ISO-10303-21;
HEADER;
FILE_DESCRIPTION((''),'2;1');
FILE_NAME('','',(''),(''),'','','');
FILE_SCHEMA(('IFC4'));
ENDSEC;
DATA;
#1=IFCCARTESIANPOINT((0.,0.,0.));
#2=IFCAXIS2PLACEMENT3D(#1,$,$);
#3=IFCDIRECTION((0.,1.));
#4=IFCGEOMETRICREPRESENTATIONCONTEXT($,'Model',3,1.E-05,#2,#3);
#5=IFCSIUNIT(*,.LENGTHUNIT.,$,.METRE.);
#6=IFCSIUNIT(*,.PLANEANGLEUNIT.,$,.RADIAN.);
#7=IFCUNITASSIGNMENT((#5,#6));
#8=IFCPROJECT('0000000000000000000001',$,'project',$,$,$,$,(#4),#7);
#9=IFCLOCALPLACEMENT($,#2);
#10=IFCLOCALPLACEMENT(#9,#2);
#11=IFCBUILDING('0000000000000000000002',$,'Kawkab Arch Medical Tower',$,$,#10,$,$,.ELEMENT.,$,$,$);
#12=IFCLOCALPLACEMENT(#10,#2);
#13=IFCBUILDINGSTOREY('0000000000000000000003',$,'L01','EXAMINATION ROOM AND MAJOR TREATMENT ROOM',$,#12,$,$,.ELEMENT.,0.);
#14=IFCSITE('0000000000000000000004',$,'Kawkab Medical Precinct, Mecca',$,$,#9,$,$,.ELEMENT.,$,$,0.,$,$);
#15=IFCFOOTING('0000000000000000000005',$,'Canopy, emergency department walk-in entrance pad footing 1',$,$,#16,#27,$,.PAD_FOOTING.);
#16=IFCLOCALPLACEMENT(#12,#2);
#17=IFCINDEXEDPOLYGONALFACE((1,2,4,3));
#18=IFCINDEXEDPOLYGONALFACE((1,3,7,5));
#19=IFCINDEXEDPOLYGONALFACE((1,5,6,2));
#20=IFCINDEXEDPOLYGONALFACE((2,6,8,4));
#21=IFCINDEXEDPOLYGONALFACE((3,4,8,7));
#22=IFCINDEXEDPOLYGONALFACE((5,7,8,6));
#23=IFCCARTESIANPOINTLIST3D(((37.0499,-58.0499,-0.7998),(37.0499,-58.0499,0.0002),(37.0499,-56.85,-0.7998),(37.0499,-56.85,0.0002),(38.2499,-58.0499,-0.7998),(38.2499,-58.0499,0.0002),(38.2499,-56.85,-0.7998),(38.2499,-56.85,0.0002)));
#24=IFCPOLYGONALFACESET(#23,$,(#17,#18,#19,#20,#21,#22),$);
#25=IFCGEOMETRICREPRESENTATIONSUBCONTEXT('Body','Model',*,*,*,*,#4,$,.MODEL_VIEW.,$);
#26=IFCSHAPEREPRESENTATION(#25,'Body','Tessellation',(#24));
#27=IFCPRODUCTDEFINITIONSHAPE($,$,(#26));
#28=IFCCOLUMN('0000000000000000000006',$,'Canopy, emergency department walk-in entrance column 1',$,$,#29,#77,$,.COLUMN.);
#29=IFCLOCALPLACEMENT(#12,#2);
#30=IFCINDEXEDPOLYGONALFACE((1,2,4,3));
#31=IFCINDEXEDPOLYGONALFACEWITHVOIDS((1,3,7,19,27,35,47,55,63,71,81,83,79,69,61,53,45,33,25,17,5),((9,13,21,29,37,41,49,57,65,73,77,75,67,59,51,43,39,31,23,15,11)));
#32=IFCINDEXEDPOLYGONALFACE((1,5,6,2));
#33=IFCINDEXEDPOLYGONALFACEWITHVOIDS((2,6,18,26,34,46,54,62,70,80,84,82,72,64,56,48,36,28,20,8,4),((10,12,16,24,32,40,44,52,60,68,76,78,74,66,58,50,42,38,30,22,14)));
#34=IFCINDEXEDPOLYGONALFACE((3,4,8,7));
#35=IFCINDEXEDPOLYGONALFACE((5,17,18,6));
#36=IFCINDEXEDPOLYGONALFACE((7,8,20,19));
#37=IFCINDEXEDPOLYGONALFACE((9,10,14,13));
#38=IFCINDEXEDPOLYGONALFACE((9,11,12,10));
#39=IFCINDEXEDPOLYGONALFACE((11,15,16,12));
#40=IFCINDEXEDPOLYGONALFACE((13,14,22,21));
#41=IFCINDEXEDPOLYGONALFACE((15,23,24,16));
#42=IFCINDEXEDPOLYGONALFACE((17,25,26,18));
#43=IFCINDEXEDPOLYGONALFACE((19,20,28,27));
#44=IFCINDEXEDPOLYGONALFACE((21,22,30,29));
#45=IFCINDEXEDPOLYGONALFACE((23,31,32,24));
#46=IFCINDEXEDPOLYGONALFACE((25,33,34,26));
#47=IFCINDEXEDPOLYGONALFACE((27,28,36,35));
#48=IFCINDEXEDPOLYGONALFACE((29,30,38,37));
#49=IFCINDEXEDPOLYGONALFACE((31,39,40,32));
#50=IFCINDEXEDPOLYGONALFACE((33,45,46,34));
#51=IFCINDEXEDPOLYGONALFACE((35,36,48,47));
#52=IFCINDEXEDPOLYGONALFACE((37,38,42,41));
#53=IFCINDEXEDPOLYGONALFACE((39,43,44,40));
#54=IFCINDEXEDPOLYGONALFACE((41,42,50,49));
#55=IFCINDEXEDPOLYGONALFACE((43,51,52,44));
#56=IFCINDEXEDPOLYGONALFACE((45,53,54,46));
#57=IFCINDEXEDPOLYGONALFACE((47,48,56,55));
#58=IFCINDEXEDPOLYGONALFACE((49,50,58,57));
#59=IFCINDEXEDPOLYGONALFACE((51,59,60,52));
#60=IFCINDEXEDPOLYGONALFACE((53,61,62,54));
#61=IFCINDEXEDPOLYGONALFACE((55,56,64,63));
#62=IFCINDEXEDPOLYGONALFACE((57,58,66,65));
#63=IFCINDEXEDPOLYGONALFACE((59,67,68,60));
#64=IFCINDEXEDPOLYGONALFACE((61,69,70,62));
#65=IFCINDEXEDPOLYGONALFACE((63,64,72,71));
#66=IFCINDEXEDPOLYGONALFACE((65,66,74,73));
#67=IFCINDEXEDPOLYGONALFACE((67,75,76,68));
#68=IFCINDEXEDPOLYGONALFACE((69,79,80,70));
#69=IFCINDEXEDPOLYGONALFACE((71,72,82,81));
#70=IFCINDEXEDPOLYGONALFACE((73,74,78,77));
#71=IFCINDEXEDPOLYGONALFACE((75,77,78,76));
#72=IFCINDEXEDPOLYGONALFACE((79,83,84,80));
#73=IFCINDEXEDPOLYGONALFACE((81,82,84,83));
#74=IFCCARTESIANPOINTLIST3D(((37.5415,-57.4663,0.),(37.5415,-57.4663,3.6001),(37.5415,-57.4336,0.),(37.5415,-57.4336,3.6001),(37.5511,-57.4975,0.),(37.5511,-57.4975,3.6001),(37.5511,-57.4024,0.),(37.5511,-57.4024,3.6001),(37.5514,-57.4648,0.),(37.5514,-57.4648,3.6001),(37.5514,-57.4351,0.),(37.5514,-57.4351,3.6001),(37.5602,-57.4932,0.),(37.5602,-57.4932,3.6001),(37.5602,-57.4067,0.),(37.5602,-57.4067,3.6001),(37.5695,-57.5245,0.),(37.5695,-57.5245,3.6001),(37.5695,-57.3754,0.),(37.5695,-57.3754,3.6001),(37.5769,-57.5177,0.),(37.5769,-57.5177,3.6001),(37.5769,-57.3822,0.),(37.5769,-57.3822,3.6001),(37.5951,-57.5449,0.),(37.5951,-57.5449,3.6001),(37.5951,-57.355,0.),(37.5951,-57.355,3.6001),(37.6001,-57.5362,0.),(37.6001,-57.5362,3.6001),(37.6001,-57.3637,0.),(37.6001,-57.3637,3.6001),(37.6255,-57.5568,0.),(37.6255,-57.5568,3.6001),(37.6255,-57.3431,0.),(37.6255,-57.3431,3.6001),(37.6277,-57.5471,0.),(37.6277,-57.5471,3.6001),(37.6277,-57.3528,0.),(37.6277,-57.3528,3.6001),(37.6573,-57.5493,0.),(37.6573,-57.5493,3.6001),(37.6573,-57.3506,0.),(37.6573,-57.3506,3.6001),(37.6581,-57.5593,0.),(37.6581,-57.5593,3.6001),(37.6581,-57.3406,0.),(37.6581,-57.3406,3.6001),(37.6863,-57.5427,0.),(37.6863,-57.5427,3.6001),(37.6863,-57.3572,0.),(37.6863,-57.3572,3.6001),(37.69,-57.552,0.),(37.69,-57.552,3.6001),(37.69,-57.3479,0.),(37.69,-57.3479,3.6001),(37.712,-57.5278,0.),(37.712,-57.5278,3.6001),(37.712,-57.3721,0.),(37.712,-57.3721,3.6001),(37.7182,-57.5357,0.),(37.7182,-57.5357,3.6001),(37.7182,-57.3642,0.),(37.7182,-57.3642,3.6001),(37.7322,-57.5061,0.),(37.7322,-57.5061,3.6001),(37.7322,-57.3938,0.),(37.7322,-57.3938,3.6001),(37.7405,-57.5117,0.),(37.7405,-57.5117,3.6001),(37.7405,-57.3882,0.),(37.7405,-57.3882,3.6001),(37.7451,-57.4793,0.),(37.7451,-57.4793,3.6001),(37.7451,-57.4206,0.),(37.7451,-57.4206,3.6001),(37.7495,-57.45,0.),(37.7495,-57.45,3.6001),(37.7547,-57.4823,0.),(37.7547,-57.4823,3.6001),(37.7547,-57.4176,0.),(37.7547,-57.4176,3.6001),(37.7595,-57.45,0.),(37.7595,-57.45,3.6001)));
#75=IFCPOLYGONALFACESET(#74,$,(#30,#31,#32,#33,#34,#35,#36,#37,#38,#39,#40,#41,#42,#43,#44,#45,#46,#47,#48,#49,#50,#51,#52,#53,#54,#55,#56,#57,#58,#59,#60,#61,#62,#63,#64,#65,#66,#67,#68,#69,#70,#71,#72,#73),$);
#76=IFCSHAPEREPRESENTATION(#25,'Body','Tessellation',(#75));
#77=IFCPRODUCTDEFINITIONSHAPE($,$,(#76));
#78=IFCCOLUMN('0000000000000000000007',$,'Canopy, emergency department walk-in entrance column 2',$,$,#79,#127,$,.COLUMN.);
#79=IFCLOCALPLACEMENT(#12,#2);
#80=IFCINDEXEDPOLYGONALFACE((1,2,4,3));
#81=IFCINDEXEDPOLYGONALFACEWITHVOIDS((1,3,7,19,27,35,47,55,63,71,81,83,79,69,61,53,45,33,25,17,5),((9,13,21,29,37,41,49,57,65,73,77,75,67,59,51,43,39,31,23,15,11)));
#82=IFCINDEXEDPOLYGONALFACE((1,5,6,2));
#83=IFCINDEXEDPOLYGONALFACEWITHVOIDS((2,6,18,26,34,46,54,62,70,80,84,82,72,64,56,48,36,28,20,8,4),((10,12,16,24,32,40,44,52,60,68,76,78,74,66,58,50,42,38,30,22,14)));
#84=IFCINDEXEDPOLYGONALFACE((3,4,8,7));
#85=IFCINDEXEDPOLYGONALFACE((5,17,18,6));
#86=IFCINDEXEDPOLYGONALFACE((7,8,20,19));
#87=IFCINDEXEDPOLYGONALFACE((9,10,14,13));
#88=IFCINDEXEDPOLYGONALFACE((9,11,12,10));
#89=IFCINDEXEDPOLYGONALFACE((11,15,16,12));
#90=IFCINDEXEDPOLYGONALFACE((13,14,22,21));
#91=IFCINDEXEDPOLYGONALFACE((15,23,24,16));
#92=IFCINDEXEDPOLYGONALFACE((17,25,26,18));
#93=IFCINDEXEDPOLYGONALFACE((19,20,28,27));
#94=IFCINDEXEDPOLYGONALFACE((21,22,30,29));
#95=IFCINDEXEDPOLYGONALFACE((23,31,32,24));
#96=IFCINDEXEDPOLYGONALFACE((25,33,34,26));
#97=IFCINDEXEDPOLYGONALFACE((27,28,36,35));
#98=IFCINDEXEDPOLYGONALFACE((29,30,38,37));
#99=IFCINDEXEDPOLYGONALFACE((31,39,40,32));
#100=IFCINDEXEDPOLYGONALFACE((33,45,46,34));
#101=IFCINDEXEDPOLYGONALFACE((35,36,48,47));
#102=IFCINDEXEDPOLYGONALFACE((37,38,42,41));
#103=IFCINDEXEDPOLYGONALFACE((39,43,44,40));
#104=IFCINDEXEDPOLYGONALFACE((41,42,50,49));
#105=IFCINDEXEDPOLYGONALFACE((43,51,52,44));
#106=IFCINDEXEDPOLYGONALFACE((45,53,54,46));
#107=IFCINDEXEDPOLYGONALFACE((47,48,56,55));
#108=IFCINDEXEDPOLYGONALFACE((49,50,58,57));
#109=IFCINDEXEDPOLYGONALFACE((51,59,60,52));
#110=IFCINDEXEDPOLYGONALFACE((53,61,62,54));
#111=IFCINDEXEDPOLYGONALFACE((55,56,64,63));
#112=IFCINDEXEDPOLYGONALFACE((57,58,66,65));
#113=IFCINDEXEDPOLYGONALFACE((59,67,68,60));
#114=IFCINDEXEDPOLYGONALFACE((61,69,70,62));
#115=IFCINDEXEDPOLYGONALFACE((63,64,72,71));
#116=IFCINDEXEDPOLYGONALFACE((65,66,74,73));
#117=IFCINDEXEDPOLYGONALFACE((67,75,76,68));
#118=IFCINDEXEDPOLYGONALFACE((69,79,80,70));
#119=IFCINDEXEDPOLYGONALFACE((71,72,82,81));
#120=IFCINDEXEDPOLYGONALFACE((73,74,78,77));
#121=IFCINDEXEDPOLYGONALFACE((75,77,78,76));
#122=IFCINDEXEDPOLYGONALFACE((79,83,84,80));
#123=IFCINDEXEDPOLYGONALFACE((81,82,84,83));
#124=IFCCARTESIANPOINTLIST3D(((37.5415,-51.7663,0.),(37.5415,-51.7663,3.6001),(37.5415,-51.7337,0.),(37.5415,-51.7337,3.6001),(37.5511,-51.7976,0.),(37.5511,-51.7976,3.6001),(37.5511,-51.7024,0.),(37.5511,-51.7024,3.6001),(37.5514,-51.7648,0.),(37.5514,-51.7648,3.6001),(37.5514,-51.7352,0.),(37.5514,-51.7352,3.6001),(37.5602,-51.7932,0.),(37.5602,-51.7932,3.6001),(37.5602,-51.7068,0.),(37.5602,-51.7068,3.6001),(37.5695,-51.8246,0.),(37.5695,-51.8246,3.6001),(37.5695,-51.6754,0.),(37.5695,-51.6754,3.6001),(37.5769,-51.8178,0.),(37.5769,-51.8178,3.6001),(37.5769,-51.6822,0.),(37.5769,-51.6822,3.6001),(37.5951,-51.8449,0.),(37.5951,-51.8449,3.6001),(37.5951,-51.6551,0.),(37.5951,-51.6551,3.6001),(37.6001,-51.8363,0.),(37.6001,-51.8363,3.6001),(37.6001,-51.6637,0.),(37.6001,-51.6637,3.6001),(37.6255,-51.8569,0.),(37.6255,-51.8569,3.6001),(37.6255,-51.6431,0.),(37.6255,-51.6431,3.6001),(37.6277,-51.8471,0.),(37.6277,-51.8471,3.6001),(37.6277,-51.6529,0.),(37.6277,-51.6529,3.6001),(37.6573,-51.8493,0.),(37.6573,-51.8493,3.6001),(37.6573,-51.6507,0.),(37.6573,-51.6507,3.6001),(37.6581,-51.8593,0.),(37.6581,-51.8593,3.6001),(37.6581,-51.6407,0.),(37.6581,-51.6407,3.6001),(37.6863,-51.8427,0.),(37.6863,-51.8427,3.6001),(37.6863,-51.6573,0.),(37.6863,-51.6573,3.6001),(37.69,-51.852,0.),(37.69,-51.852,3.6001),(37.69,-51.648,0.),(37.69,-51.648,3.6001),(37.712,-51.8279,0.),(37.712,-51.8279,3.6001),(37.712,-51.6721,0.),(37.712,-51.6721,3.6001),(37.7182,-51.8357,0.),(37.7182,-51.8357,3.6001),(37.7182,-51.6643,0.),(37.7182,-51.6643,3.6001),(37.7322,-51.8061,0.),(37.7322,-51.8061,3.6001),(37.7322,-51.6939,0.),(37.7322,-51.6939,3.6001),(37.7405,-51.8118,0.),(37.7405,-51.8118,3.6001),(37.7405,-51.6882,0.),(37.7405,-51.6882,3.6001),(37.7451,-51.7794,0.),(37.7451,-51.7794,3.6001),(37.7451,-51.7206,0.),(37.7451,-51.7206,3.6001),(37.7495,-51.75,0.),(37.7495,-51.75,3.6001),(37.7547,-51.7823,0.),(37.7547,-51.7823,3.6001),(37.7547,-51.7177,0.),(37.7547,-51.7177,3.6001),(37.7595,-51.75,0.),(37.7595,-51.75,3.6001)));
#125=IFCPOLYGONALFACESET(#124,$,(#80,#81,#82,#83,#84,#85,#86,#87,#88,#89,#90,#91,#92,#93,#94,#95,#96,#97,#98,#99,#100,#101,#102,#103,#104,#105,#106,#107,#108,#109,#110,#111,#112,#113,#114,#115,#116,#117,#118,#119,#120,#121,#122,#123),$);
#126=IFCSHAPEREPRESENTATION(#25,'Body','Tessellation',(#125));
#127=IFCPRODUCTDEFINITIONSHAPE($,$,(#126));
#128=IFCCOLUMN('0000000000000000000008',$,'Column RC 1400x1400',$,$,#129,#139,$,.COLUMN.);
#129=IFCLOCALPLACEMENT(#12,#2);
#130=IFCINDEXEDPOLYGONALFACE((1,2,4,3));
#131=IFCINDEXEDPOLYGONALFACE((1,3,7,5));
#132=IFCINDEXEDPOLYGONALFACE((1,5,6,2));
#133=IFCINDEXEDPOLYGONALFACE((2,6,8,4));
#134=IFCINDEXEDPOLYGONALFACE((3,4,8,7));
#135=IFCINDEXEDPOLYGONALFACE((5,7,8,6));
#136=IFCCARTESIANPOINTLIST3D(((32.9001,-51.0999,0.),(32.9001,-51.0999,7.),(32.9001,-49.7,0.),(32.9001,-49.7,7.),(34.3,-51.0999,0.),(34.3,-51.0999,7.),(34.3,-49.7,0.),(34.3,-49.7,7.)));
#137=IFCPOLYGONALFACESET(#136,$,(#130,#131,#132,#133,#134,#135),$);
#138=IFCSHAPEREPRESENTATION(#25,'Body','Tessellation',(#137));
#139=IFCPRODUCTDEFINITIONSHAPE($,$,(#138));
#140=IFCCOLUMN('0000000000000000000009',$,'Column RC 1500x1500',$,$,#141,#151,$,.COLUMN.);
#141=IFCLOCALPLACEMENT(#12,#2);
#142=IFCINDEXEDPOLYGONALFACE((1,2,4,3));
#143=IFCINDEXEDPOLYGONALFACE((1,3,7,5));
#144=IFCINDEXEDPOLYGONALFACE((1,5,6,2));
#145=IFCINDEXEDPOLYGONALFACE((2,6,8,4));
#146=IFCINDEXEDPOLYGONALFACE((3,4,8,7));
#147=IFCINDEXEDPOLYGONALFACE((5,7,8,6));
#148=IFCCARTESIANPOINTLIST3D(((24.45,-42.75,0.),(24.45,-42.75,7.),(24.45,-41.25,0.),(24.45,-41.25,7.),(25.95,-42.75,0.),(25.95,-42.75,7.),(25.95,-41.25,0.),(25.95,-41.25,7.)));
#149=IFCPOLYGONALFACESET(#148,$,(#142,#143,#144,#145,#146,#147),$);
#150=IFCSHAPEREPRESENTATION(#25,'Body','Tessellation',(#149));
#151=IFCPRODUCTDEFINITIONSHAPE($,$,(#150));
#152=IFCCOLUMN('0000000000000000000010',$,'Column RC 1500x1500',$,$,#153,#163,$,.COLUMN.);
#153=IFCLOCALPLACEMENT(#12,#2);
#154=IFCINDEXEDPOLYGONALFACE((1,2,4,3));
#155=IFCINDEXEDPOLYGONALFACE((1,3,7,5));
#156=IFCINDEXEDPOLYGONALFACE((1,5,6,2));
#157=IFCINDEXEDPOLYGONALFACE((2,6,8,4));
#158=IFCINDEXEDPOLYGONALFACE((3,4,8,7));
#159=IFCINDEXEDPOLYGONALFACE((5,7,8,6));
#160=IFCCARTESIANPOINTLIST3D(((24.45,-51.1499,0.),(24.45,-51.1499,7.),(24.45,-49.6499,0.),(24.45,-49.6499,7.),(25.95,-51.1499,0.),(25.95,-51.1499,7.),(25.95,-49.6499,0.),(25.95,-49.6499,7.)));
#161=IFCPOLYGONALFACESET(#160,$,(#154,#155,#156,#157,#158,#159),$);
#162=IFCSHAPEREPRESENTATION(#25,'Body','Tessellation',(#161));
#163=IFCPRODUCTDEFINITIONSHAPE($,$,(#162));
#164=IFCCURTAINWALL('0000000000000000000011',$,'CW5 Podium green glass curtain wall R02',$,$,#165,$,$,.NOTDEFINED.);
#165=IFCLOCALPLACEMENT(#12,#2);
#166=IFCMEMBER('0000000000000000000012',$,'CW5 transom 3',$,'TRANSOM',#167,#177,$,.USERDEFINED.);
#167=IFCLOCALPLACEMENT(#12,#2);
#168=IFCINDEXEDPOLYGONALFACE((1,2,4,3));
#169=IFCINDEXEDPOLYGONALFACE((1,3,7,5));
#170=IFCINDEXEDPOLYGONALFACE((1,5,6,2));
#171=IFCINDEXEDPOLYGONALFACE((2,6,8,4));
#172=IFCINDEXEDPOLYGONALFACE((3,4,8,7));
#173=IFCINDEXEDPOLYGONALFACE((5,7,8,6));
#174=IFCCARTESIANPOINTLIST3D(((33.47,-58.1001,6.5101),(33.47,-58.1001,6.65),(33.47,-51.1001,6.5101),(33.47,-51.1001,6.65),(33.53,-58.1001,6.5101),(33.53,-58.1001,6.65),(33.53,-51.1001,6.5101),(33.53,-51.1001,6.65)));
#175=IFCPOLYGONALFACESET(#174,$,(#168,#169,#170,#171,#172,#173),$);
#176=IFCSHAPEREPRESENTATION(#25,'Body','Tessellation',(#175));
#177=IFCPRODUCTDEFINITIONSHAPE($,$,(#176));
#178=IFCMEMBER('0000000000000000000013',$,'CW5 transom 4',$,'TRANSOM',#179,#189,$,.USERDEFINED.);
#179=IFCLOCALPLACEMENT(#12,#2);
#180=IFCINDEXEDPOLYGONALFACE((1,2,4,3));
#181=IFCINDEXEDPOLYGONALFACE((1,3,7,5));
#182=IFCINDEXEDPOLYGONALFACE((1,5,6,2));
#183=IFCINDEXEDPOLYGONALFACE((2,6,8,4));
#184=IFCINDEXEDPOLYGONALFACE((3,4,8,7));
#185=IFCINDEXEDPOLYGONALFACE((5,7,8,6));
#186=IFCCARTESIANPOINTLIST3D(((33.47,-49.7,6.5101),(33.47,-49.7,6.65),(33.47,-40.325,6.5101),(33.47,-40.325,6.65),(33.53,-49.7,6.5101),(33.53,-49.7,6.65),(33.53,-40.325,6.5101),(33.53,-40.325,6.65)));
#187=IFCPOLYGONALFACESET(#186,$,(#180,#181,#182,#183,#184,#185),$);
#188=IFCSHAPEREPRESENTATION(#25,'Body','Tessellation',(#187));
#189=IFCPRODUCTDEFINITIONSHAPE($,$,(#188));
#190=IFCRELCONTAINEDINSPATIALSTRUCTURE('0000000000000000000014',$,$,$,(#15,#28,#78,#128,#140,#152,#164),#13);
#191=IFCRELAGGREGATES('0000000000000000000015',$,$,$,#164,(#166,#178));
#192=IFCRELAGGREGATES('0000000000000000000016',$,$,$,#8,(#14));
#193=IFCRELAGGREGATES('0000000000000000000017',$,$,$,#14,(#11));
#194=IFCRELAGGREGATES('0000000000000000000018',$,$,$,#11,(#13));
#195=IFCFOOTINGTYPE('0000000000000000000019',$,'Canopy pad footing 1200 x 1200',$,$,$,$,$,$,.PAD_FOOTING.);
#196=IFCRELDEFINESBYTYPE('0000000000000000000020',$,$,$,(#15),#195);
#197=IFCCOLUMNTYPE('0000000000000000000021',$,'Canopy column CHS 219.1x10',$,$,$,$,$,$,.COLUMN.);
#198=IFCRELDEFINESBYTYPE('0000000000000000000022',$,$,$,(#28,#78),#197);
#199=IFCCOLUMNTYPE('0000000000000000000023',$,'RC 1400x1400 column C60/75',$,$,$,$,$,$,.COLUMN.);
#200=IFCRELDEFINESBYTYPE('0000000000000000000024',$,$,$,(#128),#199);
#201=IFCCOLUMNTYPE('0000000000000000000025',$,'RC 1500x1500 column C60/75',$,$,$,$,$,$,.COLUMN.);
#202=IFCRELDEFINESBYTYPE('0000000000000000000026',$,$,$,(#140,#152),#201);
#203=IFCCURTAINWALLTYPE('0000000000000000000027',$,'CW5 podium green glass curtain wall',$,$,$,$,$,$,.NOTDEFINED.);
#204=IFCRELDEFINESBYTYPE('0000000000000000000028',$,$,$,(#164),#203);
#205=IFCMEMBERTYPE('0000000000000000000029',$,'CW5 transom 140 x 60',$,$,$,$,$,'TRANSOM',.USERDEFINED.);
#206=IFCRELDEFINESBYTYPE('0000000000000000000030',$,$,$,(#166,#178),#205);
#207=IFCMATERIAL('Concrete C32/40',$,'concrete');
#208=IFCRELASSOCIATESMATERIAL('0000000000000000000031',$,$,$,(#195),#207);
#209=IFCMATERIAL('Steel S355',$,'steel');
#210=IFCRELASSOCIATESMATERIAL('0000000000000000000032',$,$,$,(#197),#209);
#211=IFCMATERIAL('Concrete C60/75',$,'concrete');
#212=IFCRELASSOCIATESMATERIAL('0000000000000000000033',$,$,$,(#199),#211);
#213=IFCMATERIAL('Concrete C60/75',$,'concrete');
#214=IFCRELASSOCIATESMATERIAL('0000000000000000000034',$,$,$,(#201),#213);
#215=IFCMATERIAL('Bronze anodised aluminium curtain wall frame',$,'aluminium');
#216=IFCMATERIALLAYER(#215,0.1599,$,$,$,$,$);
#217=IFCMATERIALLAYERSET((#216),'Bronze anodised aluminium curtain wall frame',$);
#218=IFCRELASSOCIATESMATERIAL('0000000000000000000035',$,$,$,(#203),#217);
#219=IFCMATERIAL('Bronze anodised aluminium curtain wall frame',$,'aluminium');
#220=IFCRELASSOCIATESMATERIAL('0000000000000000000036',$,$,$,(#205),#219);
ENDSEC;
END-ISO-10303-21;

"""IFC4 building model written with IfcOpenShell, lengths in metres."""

from ifc_helpers import new_model, si_unit, direction, frame, origin, origin_2d, place, context, subcontext, project, spatial, rectangle, hollow_circle, extrude, material, layer, layer_set, material_profile, profile_set, type_object, element, aggregate, save


model = new_model("IFC4")

# Units and contexts
model_context = context("Model", 3, precision=1e-05, world=origin(), true_north=direction((0.0, 1.0)))
body_context = subcontext(model_context, "Body", "Model", "MODEL_VIEW")
ifc_project = project(units=[si_unit("LENGTHUNIT", "METRE"), si_unit("PLANEANGLEUNIT", "RADIAN")], contexts=[model_context])

# Site, building, storey
site_placement = place(None, origin())
site = spatial("IfcSite", under=ifc_project, at=site_placement, Name="Kawkab Medical Precinct, Mecca", CompositionType="ELEMENT", RefElevation=0.0)
building_placement = place(site_placement, origin())
building = spatial("IfcBuilding", under=site, at=building_placement, Name="Kawkab Arch Medical Tower", CompositionType="ELEMENT")
storey_placement = place(building_placement, origin())
storey = spatial("IfcBuildingStorey", under=building, at=storey_placement, Name="L01", Description="EXAMINATION ROOM AND MAJOR TREATMENT ROOM", CompositionType="ELEMENT", Elevation=0.0)

# Footing
ifc_material_1 = material(Name="Concrete C32/40", Category="concrete")
footing_type = type_object("IfcFootingType", Name="Canopy pad footing 1200 x 1200", PredefinedType="PAD_FOOTING", material=ifc_material_1)
footing_placement = place(storey_placement, frame((37.6499, -57.45, -0.7998), z_axis=(0.0, 0.0, 1.0), x_axis=(1.0, 0.0, 0.0)))
element("IfcFooting", 1, at=footing_placement, inside=storey, type_object=footing_type, Name="Canopy, emergency department walk-in entrance pad footing 1", PredefinedType="PAD_FOOTING", context=body_context, shape_type="SweptSolid", body=[
    extrude(rectangle(XDim=1.2, YDim=1.2, at=origin_2d()), origin(), (0.0, 0.0, 1.0), 0.8),
])

# Columns
ifc_material_2 = material(Name="Steel S355", Category="steel")
ifc_material_profile_1 = material_profile(ifc_material_2, hollow_circle(Radius=0.1096, WallThickness=0.01, at=origin_2d()), Name="CHS 219.1x10")
ifc_profile_set_1 = profile_set([ifc_material_profile_1], Name="Steel S355")
column_type_1 = type_object("IfcColumnType", Name="Canopy column CHS 219.1x10", PredefinedType="COLUMN", material=ifc_profile_set_1)
for number, where, z_axis, x_axis, name in (
    (2, (37.6499, -57.45, 0.0), (0.0, 0.0, 1.0), (1.0, 0.0, 0.0), "Canopy, emergency department walk-in entrance column 1"),
    (3, (37.6499, -51.75, 0.0), (0.0, 0.0, 1.0), (1.0, 0.0, 0.0), "Canopy, emergency department walk-in entrance column 2"),
):
    element("IfcColumn", number, at=place(storey_placement, frame(where, z_axis=z_axis, x_axis=x_axis)), inside=storey, type_object=column_type_1, Name=name, PredefinedType="COLUMN", context=body_context, shape_type="SweptSolid", body=[
        extrude(hollow_circle(Radius=0.1096, WallThickness=0.01, at=origin_2d()), origin(), (0.0, 0.0, 1.0), 3.6001),
    ])
ifc_material_3 = material(Name="Concrete C60/75", Category="concrete")
ifc_material_profile_2 = material_profile(ifc_material_3, rectangle(XDim=1.3999, YDim=1.3999, at=origin_2d()), Name="RC 1400x1400")
ifc_profile_set_2 = profile_set([ifc_material_profile_2], Name="Concrete C60/75")
column_type_2 = type_object("IfcColumnType", Name="RC 1400x1400 column C60/75", PredefinedType="COLUMN", material=ifc_profile_set_2)
column_placement = place(storey_placement, frame((33.6001, -50.3999, 0.0), z_axis=(0.0, 0.0, 1.0), x_axis=(1.0, 0.0, 0.0)))
element("IfcColumn", 4, at=column_placement, inside=storey, type_object=column_type_2, Name="Column RC 1400x1400", PredefinedType="COLUMN", context=body_context, shape_type="SweptSolid", body=[
    extrude(rectangle(XDim=1.3999, YDim=1.3999, at=origin_2d()), origin(), (0.0, 0.0, 1.0), 7.0),
])
ifc_material_4 = material(Name="Concrete C60/75", Category="concrete")
ifc_material_profile_3 = material_profile(ifc_material_4, rectangle(XDim=1.5, YDim=1.5, at=origin_2d()), Name="RC 1500x1500")
ifc_profile_set_3 = profile_set([ifc_material_profile_3], Name="Concrete C60/75")
column_type_3 = type_object("IfcColumnType", Name="RC 1500x1500 column C60/75", PredefinedType="COLUMN", material=ifc_profile_set_3)
for number, where, z_axis, x_axis, name in (
    (5, (25.2, -42.0, 0.0), (0.0, 0.0, 1.0), (1.0, 0.0, 0.0), "Column RC 1500x1500"),
    (6, (25.2, -50.3999, 0.0), (0.0, 0.0, 1.0), (1.0, 0.0, 0.0), "Column RC 1500x1500"),
):
    element("IfcColumn", number, at=place(storey_placement, frame(where, z_axis=z_axis, x_axis=x_axis)), inside=storey, type_object=column_type_3, Name=name, PredefinedType="COLUMN", context=body_context, shape_type="SweptSolid", body=[
        extrude(rectangle(XDim=1.5, YDim=1.5, at=origin_2d()), origin(), (0.0, 0.0, 1.0), 7.0),
    ])

# Curtain wall, members
ifc_material_5 = material(Name="Bronze anodised aluminium curtain wall frame", Category="aluminium")
ifc_layer_1 = layer(ifc_material_5, 0.1599)
ifc_layer_set_1 = layer_set([ifc_layer_1], Name="Bronze anodised aluminium curtain wall frame")
curtain_wall_type = type_object("IfcCurtainWallType", Name="CW5 podium green glass curtain wall", PredefinedType="NOTDEFINED", material=ifc_layer_set_1)
curtain_wall_placement = place(storey_placement, origin())
curtain_wall = element("IfcCurtainWall", 7, at=curtain_wall_placement, inside=storey, type_object=curtain_wall_type, Name="CW5 Podium green glass curtain wall R02", PredefinedType="NOTDEFINED")
ifc_material_6 = material(Name="Bronze anodised aluminium curtain wall frame", Category="aluminium")
ifc_material_profile_4 = material_profile(ifc_material_6, rectangle(XDim=0.0601, YDim=0.1399, at=origin_2d()), Name="AL 60x140")
ifc_profile_set_4 = profile_set([ifc_material_profile_4], Name="Bronze anodised aluminium curtain wall frame")
member_type = type_object("IfcMemberType", Name="CW5 transom 140 x 60", ElementType="TRANSOM", PredefinedType="USERDEFINED", material=ifc_profile_set_4)
member_1_placement = place(storey_placement, frame((33.5, -58.1001, 6.5801), z_axis=(0.0, 1.0, 0.0), x_axis=(-1.0, 0.0, 0.0)))
member_1 = element("IfcMember", 8, at=member_1_placement, type_object=member_type, Name="CW5 transom 3", ObjectType="TRANSOM", PredefinedType="USERDEFINED", context=body_context, shape_type="SweptSolid", body=[
    extrude(rectangle(XDim=0.0601, YDim=0.1399, at=origin_2d()), origin(), (0.0, 0.0, 1.0), 7.0),
])
member_2_placement = place(storey_placement, frame((33.5, -49.7, 6.5801), z_axis=(0.0, 1.0, 0.0), x_axis=(-1.0, 0.0, 0.0)))
member_2 = element("IfcMember", 9, at=member_2_placement, type_object=member_type, Name="CW5 transom 4", ObjectType="TRANSOM", PredefinedType="USERDEFINED", context=body_context, shape_type="SweptSolid", body=[
    extrude(rectangle(XDim=0.0601, YDim=0.1399, at=origin_2d()), origin(), (0.0, 0.0, 1.0), 9.375),
])
aggregate(curtain_wall, [member_1, member_2])

save(model, "model.ifc")
